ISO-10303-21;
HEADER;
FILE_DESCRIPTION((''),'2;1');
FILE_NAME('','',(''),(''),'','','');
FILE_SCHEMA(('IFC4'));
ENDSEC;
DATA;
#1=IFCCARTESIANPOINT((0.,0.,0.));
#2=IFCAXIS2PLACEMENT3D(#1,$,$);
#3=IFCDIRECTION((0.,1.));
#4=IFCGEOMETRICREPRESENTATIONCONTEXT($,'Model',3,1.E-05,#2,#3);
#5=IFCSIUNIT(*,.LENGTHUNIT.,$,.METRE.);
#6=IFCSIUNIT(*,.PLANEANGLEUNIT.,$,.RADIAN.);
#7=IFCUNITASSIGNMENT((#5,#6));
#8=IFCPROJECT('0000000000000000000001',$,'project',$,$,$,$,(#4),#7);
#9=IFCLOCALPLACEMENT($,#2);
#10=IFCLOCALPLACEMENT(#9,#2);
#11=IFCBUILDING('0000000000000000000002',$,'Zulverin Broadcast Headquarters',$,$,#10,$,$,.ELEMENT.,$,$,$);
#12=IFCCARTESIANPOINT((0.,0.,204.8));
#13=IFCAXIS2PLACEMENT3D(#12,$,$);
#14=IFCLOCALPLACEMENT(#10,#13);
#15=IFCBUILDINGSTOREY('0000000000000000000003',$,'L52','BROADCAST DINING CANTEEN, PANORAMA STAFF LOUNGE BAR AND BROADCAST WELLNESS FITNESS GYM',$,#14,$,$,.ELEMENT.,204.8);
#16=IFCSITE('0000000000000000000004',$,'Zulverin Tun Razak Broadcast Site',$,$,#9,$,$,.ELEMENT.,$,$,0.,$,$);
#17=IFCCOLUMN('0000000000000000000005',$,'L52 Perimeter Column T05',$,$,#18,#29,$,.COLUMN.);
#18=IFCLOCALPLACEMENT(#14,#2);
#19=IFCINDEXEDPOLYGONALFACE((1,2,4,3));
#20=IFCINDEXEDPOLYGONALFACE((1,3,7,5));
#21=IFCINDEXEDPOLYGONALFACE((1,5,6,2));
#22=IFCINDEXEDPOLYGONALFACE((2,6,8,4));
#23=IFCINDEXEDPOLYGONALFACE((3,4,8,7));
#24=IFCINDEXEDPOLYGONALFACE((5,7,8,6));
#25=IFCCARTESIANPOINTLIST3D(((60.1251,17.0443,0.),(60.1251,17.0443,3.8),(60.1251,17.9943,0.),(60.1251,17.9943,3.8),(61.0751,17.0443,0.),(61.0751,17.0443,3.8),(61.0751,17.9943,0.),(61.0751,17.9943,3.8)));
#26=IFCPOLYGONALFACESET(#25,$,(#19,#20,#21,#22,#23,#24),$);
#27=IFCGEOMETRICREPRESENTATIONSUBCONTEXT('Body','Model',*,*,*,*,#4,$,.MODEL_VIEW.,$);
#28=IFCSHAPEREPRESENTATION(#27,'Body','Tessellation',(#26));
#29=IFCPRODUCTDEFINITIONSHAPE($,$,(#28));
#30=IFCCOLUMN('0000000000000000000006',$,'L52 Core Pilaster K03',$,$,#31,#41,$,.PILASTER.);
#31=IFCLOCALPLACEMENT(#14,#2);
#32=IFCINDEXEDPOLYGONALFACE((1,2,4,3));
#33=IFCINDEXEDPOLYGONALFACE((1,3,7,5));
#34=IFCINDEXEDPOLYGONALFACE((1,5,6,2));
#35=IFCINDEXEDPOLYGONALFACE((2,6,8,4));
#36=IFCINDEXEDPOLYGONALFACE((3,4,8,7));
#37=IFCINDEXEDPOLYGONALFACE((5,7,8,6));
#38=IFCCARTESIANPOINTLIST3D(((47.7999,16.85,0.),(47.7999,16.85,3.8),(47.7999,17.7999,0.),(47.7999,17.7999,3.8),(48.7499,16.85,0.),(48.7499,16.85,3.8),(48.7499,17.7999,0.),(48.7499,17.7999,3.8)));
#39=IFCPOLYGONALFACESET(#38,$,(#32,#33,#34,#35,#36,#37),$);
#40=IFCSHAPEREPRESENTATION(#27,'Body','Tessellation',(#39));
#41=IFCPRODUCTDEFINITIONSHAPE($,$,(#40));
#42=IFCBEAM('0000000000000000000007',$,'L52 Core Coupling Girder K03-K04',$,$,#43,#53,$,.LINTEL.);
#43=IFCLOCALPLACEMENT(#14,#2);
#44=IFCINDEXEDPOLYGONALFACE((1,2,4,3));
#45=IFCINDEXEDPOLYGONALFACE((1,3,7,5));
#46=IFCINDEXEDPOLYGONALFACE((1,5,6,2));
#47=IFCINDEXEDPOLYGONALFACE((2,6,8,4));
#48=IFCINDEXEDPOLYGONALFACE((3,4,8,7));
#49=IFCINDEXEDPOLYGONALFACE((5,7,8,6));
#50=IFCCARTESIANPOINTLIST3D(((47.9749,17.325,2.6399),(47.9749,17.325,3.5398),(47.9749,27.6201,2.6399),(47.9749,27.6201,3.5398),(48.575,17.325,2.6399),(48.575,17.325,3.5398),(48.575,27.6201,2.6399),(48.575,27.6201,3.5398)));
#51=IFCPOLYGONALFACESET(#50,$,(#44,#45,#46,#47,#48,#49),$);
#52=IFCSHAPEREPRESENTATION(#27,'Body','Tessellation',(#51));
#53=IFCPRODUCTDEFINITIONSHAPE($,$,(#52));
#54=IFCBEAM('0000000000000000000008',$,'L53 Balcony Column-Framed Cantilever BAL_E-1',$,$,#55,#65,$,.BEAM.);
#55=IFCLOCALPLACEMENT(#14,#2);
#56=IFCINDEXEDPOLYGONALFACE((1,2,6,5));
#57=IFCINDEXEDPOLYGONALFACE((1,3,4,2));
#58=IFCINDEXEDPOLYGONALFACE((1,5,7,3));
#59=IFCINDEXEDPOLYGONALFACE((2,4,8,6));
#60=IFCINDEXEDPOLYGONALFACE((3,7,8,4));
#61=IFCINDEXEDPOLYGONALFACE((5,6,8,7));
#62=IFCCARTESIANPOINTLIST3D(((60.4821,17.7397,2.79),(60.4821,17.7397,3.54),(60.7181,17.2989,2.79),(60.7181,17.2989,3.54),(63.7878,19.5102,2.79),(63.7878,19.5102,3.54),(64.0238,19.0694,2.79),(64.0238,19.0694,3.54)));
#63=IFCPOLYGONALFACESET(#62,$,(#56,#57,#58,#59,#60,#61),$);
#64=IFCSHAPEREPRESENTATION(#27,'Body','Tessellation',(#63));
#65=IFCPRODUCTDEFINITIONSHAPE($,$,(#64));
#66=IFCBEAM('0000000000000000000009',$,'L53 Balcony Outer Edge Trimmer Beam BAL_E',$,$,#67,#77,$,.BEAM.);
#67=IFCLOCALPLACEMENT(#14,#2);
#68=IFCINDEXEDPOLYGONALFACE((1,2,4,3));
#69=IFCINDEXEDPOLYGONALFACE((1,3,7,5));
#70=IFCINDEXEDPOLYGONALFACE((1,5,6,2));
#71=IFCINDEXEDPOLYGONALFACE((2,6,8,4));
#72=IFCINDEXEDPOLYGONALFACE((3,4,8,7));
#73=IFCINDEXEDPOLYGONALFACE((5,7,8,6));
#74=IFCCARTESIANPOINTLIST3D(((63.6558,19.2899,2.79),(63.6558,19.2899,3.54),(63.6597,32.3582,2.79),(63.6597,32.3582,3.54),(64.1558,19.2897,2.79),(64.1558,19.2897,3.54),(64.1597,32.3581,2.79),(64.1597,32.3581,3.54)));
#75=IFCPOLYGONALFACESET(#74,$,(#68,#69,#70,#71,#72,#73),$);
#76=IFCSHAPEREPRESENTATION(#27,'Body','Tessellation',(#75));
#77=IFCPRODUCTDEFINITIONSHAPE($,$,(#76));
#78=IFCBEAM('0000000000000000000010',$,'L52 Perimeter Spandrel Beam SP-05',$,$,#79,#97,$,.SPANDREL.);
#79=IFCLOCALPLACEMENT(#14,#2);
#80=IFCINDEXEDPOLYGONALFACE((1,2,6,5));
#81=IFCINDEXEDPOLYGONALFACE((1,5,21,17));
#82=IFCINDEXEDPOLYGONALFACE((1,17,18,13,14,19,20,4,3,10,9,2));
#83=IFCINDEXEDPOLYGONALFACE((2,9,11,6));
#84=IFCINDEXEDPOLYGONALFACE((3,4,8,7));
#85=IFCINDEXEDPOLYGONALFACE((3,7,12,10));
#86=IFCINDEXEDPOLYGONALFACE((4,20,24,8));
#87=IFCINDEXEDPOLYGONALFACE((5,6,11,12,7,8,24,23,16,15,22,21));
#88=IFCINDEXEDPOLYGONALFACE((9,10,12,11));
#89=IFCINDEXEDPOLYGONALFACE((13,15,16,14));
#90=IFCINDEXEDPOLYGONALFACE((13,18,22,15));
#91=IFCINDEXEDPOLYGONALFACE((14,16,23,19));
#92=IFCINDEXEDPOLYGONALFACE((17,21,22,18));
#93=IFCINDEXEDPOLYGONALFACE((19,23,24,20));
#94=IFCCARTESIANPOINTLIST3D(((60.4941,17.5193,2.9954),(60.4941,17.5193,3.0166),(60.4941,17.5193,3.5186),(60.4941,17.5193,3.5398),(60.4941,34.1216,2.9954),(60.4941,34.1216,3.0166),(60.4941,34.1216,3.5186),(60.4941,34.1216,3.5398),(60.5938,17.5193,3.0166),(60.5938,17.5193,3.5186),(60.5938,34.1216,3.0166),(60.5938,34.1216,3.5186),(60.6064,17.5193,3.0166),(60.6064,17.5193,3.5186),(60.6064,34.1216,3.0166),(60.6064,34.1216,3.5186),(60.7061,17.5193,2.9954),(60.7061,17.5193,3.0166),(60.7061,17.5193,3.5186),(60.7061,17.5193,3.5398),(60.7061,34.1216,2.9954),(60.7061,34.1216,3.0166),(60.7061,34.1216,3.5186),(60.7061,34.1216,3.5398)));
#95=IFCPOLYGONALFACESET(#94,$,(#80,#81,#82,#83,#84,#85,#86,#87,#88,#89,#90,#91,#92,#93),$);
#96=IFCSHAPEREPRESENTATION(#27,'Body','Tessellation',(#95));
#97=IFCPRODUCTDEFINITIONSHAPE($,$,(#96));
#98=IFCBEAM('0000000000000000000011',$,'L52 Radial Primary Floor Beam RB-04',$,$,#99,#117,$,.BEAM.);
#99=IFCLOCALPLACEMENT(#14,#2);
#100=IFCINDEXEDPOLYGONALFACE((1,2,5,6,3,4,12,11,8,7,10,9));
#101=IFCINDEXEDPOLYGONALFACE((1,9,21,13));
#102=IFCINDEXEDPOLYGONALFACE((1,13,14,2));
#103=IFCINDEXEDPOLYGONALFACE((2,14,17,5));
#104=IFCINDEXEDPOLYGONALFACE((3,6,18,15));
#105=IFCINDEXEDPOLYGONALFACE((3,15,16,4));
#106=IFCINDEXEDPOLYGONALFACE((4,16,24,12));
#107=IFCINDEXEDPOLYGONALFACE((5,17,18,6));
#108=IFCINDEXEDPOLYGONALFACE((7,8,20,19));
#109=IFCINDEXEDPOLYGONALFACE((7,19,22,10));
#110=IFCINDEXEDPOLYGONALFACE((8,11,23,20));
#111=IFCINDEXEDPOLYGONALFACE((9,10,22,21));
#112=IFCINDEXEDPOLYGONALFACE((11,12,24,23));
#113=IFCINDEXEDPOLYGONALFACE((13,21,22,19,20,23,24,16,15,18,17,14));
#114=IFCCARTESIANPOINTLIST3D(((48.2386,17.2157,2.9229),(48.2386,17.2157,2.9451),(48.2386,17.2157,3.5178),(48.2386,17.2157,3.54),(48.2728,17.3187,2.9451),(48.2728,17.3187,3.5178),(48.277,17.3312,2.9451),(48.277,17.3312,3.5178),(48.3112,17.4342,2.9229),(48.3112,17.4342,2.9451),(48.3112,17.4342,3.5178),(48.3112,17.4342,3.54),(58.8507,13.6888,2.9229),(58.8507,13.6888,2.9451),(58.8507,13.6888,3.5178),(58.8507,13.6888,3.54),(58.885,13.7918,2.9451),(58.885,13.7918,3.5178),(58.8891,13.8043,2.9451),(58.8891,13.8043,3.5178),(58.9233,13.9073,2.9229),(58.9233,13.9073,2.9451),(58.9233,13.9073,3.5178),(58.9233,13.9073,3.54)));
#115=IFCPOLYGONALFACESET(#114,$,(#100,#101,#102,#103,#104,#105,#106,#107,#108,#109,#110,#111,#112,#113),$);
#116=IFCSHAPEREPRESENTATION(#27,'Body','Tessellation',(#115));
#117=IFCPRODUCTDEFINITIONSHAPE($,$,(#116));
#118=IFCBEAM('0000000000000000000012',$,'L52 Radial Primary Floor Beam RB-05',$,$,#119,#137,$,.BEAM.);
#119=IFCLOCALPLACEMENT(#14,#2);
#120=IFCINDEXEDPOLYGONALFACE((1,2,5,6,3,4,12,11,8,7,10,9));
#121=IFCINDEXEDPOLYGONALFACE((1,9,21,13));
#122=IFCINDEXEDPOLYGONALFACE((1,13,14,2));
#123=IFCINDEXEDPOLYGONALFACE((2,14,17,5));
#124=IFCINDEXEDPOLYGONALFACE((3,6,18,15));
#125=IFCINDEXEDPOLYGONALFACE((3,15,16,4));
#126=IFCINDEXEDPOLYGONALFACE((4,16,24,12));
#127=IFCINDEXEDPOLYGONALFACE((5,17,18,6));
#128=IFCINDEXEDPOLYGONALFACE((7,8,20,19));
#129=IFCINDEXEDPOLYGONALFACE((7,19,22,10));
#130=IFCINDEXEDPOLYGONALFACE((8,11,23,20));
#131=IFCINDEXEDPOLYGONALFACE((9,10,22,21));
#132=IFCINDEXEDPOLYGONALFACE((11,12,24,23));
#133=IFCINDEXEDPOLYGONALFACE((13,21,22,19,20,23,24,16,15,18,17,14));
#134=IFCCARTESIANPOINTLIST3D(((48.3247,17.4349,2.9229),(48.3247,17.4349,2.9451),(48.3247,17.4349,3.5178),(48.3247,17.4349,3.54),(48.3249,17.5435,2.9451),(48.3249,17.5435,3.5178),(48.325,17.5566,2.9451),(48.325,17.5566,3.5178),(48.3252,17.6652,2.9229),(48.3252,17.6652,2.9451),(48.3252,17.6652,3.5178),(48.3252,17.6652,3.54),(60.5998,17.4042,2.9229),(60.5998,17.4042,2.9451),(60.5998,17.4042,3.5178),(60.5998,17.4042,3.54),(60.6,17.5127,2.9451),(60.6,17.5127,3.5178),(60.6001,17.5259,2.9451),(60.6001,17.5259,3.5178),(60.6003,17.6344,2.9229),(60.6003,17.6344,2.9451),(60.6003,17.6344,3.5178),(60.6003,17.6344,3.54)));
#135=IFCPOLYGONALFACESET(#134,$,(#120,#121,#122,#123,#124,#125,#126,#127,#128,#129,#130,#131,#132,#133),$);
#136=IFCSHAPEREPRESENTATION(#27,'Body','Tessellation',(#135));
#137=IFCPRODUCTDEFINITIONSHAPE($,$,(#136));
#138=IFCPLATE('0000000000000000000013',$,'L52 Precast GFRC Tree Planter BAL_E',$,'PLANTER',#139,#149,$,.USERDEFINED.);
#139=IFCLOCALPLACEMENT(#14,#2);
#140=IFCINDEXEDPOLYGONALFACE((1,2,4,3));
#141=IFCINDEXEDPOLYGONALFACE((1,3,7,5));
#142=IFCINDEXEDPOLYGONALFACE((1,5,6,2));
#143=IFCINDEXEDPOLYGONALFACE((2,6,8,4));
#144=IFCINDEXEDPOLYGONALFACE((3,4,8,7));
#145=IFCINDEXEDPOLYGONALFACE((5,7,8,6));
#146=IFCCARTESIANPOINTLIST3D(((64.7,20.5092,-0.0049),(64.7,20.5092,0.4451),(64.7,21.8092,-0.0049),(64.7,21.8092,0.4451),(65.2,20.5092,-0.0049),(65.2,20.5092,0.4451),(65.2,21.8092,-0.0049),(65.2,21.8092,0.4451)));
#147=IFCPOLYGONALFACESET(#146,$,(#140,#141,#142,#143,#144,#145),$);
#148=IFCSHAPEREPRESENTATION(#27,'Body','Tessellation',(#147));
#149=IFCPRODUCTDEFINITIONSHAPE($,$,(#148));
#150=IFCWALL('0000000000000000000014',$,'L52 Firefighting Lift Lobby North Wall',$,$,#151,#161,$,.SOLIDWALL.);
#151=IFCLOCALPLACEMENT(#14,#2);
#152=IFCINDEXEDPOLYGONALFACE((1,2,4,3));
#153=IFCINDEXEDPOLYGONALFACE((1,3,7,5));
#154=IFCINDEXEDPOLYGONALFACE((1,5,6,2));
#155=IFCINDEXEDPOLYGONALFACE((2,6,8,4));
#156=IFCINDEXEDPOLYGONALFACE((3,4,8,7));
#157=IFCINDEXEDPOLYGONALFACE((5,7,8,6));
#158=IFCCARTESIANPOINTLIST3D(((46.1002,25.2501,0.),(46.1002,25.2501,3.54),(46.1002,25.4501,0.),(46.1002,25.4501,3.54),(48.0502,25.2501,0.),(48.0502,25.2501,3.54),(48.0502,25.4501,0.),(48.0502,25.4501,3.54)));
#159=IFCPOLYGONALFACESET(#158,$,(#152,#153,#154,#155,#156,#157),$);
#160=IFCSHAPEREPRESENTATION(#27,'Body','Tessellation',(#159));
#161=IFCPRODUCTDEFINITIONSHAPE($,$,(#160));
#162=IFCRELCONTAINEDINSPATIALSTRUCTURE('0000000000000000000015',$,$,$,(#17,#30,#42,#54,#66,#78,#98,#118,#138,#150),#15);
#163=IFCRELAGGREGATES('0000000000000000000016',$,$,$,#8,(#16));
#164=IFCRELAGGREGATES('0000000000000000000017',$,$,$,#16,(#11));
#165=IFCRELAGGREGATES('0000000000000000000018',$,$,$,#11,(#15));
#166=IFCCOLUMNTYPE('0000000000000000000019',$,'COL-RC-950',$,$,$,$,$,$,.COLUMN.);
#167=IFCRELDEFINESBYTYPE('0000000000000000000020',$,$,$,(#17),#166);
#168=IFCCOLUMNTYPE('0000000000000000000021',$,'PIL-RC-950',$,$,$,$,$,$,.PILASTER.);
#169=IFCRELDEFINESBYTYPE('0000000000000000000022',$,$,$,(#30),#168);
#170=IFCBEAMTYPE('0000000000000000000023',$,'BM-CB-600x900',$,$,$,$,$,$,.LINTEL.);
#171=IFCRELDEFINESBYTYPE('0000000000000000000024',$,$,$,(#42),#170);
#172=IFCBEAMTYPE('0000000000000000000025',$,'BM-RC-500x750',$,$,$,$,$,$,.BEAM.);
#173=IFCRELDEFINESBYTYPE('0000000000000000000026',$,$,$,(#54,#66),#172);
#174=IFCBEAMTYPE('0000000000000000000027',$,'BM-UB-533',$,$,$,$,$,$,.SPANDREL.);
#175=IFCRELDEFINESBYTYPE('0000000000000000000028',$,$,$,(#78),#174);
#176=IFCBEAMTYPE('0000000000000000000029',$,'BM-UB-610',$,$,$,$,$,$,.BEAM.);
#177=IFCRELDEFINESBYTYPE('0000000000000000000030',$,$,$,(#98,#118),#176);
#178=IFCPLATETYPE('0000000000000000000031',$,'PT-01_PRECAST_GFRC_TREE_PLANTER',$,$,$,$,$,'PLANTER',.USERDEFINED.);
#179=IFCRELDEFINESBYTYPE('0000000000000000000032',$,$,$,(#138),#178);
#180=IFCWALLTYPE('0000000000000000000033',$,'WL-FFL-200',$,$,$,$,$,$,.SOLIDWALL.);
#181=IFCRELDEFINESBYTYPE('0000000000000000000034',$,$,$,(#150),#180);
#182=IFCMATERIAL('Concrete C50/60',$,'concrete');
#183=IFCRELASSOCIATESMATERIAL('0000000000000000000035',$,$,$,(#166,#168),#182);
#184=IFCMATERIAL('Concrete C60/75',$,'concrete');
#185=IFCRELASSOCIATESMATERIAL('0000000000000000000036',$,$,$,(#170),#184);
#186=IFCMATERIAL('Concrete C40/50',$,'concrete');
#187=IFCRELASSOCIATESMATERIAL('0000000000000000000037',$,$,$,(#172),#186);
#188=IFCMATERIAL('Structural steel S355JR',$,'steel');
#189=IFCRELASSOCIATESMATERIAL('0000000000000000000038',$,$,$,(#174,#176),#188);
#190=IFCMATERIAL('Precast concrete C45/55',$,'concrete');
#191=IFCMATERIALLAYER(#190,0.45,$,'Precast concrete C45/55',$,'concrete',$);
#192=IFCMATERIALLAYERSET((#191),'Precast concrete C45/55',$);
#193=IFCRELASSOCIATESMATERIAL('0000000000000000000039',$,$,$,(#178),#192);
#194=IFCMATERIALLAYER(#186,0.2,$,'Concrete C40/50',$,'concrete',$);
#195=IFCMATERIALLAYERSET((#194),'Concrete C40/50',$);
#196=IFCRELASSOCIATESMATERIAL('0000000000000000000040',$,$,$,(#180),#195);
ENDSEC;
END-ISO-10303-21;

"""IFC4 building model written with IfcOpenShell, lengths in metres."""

from ifc_helpers import new_model, si_unit, direction, frame, frame_2d, origin, origin_2d, place, context, subcontext, project, spatial, rectangle, i_section, extrude, material, layer, layer_set, material_profile, profile_set, type_object, element, save


model = new_model("IFC4")

# Units and contexts
model_context = context("Model", 3, precision=1e-05, world=origin(), true_north=direction((0.0, 1.0)))
body_context = subcontext(model_context, "Body", "Model", "MODEL_VIEW")
ifc_project = project(units=[si_unit("LENGTHUNIT", "METRE"), si_unit("PLANEANGLEUNIT", "RADIAN")], contexts=[model_context])

# Site, building, storey
site_placement = place(None, origin())
site = spatial("IfcSite", under=ifc_project, at=site_placement, Name="Zulverin Tun Razak Broadcast Site", CompositionType="ELEMENT", RefElevation=0.0)
building_placement = place(site_placement, origin())
building = spatial("IfcBuilding", under=site, at=building_placement, Name="Zulverin Broadcast Headquarters", CompositionType="ELEMENT")
storey_placement = place(building_placement, frame((0.0, 0.0, 204.8)))
storey = spatial("IfcBuildingStorey", under=building, at=storey_placement, Name="L52", Description="BROADCAST DINING CANTEEN, PANORAMA STAFF LOUNGE BAR AND BROADCAST WELLNESS FITNESS GYM", CompositionType="ELEMENT", Elevation=204.8)

# Columns
ifc_material_1 = material(Name="Concrete C50/60", Category="concrete")
ifc_material_profile_1 = material_profile(ifc_material_1, rectangle(XDim=0.95, YDim=0.95, at=origin_2d()), Name="Concrete C50/60", Category="concrete")
ifc_profile_set_1 = profile_set([ifc_material_profile_1], Name="Concrete C50/60")
column_type_1 = type_object("IfcColumnType", Name="COL-RC-950", PredefinedType="COLUMN", material=ifc_profile_set_1)
column_1_placement = place(storey_placement, frame((60.6001, 17.5193, 0.0), z_axis=(0.0, 0.0, 1.0), x_axis=(1.0, 0.0, 0.0)))
element("IfcColumn", 1, at=column_1_placement, inside=storey, type_object=column_type_1, Name="L52 Perimeter Column T05", PredefinedType="COLUMN", context=body_context, shape_type="SweptSolid", body=[
    extrude(rectangle(XDim=0.95, YDim=0.95, at=origin_2d()), origin(), (0.0, 0.0, 1.0), 3.8),
])
ifc_material_profile_2 = material_profile(ifc_material_1, rectangle(XDim=0.95, YDim=0.95, at=origin_2d()), Name="Concrete C50/60", Category="concrete")
ifc_profile_set_2 = profile_set([ifc_material_profile_2], Name="Concrete C50/60")
column_type_2 = type_object("IfcColumnType", Name="PIL-RC-950", PredefinedType="PILASTER", material=ifc_profile_set_2)
column_2_placement = place(storey_placement, frame((48.2749, 17.325, 0.0), z_axis=(0.0, 0.0, 1.0), x_axis=(1.0, 0.0, 0.0)))
element("IfcColumn", 2, at=column_2_placement, inside=storey, type_object=column_type_2, Name="L52 Core Pilaster K03", PredefinedType="PILASTER", context=body_context, shape_type="SweptSolid", body=[
    extrude(rectangle(XDim=0.95, YDim=0.95, at=origin_2d()), origin(), (0.0, 0.0, 1.0), 3.8),
])

# Beams
ifc_material_2 = material(Name="Concrete C60/75", Category="concrete")
ifc_material_profile_3 = material_profile(ifc_material_2, rectangle(XDim=0.6001, YDim=0.8999, at=origin_2d()), Name="Concrete C60/75", Category="concrete")
ifc_profile_set_3 = profile_set([ifc_material_profile_3], Name="Concrete C60/75")
beam_type_1 = type_object("IfcBeamType", Name="BM-CB-600x900", PredefinedType="LINTEL", material=ifc_profile_set_3)
beam_1_placement = place(storey_placement, frame((48.2749, 17.325, 3.0898), z_axis=(0.0, 1.0, 0.0), x_axis=(-1.0, 0.0, 0.0)))
element("IfcBeam", 3, at=beam_1_placement, inside=storey, type_object=beam_type_1, Name="L52 Core Coupling Girder K03-K04", PredefinedType="LINTEL", context=body_context, shape_type="SweptSolid", body=[
    extrude(rectangle(XDim=0.6001, YDim=0.8999, at=origin_2d()), origin(), (0.0, 0.0, 1.0), 10.2952),
])
ifc_material_3 = material(Name="Concrete C40/50", Category="concrete")
ifc_material_profile_4 = material_profile(ifc_material_3, rectangle(XDim=0.5, YDim=0.75, at=origin_2d()), Name="Concrete C40/50", Category="concrete")
ifc_profile_set_4 = profile_set([ifc_material_profile_4], Name="Concrete C40/50")
beam_type_2 = type_object("IfcBeamType", Name="BM-RC-500x750", PredefinedType="BEAM", material=ifc_profile_set_4)
beam_2_placement = place(storey_placement, frame((60.6001, 17.5193, 3.165), z_axis=(0.881523, 0.472142, 0.0), x_axis=(-0.472142, 0.881523, 0.0)))
element("IfcBeam", 4, at=beam_2_placement, inside=storey, type_object=beam_type_2, Name="L53 Balcony Column-Framed Cantilever BAL_E-1", PredefinedType="BEAM", context=body_context, shape_type="SweptSolid", body=[
    extrude(rectangle(XDim=0.5, YDim=0.75, at=origin_2d()), origin(), (0.0, 0.0, 1.0), 3.75),
])
beam_3_placement = place(storey_placement, frame((63.9058, 19.2898, 3.165), z_axis=(0.000299, 1.0, 0.0), x_axis=(-1.0, 0.000299, 0.0)))
element("IfcBeam", 5, at=beam_3_placement, inside=storey, type_object=beam_type_2, Name="L53 Balcony Outer Edge Trimmer Beam BAL_E", PredefinedType="BEAM", context=body_context, shape_type="SweptSolid", body=[
    extrude(rectangle(XDim=0.5, YDim=0.75, at=origin_2d()), origin(), (0.0, 0.0, 1.0), 13.0684),
])
ifc_material_4 = material(Name="Structural steel S355JR", Category="steel")
ifc_material_profile_5 = material_profile(ifc_material_4, i_section(OverallWidth=0.2119, OverallDepth=0.5444, WebThickness=0.0127, FlangeThickness=0.0212, at=origin_2d()), Name="Structural steel S355JR", Category="steel")
ifc_profile_set_5 = profile_set([ifc_material_profile_5], Name="Structural steel S355JR")
beam_type_3 = type_object("IfcBeamType", Name="BM-UB-533", PredefinedType="SPANDREL", material=ifc_profile_set_5)
beam_4_placement = place(storey_placement, frame((60.6001, 17.5193, 3.2676), z_axis=(0.0, 1.0, 0.0), x_axis=(-1.0, 0.0, 0.0)))
element("IfcBeam", 6, at=beam_4_placement, inside=storey, type_object=beam_type_3, Name="L52 Perimeter Spandrel Beam SP-05", PredefinedType="SPANDREL", context=body_context, shape_type="SweptSolid", body=[
    extrude(i_section(OverallWidth=0.2119, OverallDepth=0.5444, WebThickness=0.0127, FlangeThickness=0.0212, at=origin_2d()), origin(), (0.0, 0.0, 1.0), 16.6023),
])
ifc_material_profile_6 = material_profile(ifc_material_4, i_section(OverallWidth=0.2302, OverallDepth=0.6172, WebThickness=0.0132, FlangeThickness=0.0222, at=origin_2d()), Name="Structural steel S355JR", Category="steel")
ifc_profile_set_6 = profile_set([ifc_material_profile_6], Name="Structural steel S355JR")
beam_type_4 = type_object("IfcBeamType", Name="BM-UB-610", PredefinedType="BEAM", material=ifc_profile_set_6)
beam_5_placement = place(storey_placement, frame((48.2749, 17.325, 3.2314), z_axis=(0.948965, -0.315383, 0.0), x_axis=(0.315383, 0.948965, 0.0)))
element("IfcBeam", 7, at=beam_5_placement, inside=storey, type_object=beam_type_4, Name="L52 Radial Primary Floor Beam RB-04", PredefinedType="BEAM", context=body_context, shape_type="SweptSolid", body=[
    extrude(i_section(OverallWidth=0.2302, OverallDepth=0.6172, WebThickness=0.0132, FlangeThickness=0.0222, at=origin_2d()), origin(), (0.0, 0.0, 1.0), 11.1829),
])
beam_6_placement = place(storey_placement, frame((48.325, 17.55, 3.2314), z_axis=(0.999997, -0.002506, 0.0), x_axis=(0.002506, 0.999997, 0.0)))
element("IfcBeam", 8, at=beam_6_placement, inside=storey, type_object=beam_type_4, Name="L52 Radial Primary Floor Beam RB-05", PredefinedType="BEAM", context=body_context, shape_type="SweptSolid", body=[
    extrude(i_section(OverallWidth=0.2302, OverallDepth=0.6172, WebThickness=0.0132, FlangeThickness=0.0222, at=origin_2d()), origin(), (0.0, 0.0, 1.0), 12.2751),
])

# Plate
ifc_material_5 = material(Name="Precast concrete C45/55", Category="concrete")
ifc_layer_1 = layer(ifc_material_5, 0.45, Name="Precast concrete C45/55", Category="concrete")
ifc_layer_set_1 = layer_set([ifc_layer_1], Name="Precast concrete C45/55")
plate_type = type_object("IfcPlateType", Name="PT-01_PRECAST_GFRC_TREE_PLANTER", ElementType="PLANTER", PredefinedType="USERDEFINED", material=ifc_layer_set_1)
plate_placement = place(storey_placement, frame((64.95, 21.1592, -0.0049), z_axis=(0.0, 0.0, 1.0), x_axis=(0.0, 1.0, 0.0)))
element("IfcPlate", 9, at=plate_placement, inside=storey, type_object=plate_type, Name="L52 Precast GFRC Tree Planter BAL_E", ObjectType="PLANTER", PredefinedType="USERDEFINED", context=body_context, shape_type="SweptSolid", body=[
    extrude(rectangle(XDim=1.3, YDim=0.5, at=origin_2d()), origin(), (0.0, 0.0, 1.0), 0.45),
])

# Wall
ifc_layer_2 = layer(ifc_material_3, 0.2, Name="Concrete C40/50", Category="concrete")
ifc_layer_set_2 = layer_set([ifc_layer_2], Name="Concrete C40/50")
wall_type_1 = type_object("IfcWallType", Name="WL-FFL-200", PredefinedType="SOLIDWALL", material=ifc_layer_set_2)
wall_1_placement = place(storey_placement, frame((46.1001, 25.3501, 0.0), z_axis=(0.0, 0.0, 1.0), x_axis=(1.0, 0.0, 0.0)))
element("IfcWall", 10, at=wall_1_placement, inside=storey, type_object=wall_type_1, Name="L52 Firefighting Lift Lobby North Wall", PredefinedType="SOLIDWALL", context=body_context, shape_type="SweptSolid", body=[
    extrude(rectangle(XDim=1.95, YDim=0.2, at=frame_2d((0.9751, 0.0))), origin(), (0.0, 0.0, 1.0), 3.54),
])

save(model, "model.ifc")
